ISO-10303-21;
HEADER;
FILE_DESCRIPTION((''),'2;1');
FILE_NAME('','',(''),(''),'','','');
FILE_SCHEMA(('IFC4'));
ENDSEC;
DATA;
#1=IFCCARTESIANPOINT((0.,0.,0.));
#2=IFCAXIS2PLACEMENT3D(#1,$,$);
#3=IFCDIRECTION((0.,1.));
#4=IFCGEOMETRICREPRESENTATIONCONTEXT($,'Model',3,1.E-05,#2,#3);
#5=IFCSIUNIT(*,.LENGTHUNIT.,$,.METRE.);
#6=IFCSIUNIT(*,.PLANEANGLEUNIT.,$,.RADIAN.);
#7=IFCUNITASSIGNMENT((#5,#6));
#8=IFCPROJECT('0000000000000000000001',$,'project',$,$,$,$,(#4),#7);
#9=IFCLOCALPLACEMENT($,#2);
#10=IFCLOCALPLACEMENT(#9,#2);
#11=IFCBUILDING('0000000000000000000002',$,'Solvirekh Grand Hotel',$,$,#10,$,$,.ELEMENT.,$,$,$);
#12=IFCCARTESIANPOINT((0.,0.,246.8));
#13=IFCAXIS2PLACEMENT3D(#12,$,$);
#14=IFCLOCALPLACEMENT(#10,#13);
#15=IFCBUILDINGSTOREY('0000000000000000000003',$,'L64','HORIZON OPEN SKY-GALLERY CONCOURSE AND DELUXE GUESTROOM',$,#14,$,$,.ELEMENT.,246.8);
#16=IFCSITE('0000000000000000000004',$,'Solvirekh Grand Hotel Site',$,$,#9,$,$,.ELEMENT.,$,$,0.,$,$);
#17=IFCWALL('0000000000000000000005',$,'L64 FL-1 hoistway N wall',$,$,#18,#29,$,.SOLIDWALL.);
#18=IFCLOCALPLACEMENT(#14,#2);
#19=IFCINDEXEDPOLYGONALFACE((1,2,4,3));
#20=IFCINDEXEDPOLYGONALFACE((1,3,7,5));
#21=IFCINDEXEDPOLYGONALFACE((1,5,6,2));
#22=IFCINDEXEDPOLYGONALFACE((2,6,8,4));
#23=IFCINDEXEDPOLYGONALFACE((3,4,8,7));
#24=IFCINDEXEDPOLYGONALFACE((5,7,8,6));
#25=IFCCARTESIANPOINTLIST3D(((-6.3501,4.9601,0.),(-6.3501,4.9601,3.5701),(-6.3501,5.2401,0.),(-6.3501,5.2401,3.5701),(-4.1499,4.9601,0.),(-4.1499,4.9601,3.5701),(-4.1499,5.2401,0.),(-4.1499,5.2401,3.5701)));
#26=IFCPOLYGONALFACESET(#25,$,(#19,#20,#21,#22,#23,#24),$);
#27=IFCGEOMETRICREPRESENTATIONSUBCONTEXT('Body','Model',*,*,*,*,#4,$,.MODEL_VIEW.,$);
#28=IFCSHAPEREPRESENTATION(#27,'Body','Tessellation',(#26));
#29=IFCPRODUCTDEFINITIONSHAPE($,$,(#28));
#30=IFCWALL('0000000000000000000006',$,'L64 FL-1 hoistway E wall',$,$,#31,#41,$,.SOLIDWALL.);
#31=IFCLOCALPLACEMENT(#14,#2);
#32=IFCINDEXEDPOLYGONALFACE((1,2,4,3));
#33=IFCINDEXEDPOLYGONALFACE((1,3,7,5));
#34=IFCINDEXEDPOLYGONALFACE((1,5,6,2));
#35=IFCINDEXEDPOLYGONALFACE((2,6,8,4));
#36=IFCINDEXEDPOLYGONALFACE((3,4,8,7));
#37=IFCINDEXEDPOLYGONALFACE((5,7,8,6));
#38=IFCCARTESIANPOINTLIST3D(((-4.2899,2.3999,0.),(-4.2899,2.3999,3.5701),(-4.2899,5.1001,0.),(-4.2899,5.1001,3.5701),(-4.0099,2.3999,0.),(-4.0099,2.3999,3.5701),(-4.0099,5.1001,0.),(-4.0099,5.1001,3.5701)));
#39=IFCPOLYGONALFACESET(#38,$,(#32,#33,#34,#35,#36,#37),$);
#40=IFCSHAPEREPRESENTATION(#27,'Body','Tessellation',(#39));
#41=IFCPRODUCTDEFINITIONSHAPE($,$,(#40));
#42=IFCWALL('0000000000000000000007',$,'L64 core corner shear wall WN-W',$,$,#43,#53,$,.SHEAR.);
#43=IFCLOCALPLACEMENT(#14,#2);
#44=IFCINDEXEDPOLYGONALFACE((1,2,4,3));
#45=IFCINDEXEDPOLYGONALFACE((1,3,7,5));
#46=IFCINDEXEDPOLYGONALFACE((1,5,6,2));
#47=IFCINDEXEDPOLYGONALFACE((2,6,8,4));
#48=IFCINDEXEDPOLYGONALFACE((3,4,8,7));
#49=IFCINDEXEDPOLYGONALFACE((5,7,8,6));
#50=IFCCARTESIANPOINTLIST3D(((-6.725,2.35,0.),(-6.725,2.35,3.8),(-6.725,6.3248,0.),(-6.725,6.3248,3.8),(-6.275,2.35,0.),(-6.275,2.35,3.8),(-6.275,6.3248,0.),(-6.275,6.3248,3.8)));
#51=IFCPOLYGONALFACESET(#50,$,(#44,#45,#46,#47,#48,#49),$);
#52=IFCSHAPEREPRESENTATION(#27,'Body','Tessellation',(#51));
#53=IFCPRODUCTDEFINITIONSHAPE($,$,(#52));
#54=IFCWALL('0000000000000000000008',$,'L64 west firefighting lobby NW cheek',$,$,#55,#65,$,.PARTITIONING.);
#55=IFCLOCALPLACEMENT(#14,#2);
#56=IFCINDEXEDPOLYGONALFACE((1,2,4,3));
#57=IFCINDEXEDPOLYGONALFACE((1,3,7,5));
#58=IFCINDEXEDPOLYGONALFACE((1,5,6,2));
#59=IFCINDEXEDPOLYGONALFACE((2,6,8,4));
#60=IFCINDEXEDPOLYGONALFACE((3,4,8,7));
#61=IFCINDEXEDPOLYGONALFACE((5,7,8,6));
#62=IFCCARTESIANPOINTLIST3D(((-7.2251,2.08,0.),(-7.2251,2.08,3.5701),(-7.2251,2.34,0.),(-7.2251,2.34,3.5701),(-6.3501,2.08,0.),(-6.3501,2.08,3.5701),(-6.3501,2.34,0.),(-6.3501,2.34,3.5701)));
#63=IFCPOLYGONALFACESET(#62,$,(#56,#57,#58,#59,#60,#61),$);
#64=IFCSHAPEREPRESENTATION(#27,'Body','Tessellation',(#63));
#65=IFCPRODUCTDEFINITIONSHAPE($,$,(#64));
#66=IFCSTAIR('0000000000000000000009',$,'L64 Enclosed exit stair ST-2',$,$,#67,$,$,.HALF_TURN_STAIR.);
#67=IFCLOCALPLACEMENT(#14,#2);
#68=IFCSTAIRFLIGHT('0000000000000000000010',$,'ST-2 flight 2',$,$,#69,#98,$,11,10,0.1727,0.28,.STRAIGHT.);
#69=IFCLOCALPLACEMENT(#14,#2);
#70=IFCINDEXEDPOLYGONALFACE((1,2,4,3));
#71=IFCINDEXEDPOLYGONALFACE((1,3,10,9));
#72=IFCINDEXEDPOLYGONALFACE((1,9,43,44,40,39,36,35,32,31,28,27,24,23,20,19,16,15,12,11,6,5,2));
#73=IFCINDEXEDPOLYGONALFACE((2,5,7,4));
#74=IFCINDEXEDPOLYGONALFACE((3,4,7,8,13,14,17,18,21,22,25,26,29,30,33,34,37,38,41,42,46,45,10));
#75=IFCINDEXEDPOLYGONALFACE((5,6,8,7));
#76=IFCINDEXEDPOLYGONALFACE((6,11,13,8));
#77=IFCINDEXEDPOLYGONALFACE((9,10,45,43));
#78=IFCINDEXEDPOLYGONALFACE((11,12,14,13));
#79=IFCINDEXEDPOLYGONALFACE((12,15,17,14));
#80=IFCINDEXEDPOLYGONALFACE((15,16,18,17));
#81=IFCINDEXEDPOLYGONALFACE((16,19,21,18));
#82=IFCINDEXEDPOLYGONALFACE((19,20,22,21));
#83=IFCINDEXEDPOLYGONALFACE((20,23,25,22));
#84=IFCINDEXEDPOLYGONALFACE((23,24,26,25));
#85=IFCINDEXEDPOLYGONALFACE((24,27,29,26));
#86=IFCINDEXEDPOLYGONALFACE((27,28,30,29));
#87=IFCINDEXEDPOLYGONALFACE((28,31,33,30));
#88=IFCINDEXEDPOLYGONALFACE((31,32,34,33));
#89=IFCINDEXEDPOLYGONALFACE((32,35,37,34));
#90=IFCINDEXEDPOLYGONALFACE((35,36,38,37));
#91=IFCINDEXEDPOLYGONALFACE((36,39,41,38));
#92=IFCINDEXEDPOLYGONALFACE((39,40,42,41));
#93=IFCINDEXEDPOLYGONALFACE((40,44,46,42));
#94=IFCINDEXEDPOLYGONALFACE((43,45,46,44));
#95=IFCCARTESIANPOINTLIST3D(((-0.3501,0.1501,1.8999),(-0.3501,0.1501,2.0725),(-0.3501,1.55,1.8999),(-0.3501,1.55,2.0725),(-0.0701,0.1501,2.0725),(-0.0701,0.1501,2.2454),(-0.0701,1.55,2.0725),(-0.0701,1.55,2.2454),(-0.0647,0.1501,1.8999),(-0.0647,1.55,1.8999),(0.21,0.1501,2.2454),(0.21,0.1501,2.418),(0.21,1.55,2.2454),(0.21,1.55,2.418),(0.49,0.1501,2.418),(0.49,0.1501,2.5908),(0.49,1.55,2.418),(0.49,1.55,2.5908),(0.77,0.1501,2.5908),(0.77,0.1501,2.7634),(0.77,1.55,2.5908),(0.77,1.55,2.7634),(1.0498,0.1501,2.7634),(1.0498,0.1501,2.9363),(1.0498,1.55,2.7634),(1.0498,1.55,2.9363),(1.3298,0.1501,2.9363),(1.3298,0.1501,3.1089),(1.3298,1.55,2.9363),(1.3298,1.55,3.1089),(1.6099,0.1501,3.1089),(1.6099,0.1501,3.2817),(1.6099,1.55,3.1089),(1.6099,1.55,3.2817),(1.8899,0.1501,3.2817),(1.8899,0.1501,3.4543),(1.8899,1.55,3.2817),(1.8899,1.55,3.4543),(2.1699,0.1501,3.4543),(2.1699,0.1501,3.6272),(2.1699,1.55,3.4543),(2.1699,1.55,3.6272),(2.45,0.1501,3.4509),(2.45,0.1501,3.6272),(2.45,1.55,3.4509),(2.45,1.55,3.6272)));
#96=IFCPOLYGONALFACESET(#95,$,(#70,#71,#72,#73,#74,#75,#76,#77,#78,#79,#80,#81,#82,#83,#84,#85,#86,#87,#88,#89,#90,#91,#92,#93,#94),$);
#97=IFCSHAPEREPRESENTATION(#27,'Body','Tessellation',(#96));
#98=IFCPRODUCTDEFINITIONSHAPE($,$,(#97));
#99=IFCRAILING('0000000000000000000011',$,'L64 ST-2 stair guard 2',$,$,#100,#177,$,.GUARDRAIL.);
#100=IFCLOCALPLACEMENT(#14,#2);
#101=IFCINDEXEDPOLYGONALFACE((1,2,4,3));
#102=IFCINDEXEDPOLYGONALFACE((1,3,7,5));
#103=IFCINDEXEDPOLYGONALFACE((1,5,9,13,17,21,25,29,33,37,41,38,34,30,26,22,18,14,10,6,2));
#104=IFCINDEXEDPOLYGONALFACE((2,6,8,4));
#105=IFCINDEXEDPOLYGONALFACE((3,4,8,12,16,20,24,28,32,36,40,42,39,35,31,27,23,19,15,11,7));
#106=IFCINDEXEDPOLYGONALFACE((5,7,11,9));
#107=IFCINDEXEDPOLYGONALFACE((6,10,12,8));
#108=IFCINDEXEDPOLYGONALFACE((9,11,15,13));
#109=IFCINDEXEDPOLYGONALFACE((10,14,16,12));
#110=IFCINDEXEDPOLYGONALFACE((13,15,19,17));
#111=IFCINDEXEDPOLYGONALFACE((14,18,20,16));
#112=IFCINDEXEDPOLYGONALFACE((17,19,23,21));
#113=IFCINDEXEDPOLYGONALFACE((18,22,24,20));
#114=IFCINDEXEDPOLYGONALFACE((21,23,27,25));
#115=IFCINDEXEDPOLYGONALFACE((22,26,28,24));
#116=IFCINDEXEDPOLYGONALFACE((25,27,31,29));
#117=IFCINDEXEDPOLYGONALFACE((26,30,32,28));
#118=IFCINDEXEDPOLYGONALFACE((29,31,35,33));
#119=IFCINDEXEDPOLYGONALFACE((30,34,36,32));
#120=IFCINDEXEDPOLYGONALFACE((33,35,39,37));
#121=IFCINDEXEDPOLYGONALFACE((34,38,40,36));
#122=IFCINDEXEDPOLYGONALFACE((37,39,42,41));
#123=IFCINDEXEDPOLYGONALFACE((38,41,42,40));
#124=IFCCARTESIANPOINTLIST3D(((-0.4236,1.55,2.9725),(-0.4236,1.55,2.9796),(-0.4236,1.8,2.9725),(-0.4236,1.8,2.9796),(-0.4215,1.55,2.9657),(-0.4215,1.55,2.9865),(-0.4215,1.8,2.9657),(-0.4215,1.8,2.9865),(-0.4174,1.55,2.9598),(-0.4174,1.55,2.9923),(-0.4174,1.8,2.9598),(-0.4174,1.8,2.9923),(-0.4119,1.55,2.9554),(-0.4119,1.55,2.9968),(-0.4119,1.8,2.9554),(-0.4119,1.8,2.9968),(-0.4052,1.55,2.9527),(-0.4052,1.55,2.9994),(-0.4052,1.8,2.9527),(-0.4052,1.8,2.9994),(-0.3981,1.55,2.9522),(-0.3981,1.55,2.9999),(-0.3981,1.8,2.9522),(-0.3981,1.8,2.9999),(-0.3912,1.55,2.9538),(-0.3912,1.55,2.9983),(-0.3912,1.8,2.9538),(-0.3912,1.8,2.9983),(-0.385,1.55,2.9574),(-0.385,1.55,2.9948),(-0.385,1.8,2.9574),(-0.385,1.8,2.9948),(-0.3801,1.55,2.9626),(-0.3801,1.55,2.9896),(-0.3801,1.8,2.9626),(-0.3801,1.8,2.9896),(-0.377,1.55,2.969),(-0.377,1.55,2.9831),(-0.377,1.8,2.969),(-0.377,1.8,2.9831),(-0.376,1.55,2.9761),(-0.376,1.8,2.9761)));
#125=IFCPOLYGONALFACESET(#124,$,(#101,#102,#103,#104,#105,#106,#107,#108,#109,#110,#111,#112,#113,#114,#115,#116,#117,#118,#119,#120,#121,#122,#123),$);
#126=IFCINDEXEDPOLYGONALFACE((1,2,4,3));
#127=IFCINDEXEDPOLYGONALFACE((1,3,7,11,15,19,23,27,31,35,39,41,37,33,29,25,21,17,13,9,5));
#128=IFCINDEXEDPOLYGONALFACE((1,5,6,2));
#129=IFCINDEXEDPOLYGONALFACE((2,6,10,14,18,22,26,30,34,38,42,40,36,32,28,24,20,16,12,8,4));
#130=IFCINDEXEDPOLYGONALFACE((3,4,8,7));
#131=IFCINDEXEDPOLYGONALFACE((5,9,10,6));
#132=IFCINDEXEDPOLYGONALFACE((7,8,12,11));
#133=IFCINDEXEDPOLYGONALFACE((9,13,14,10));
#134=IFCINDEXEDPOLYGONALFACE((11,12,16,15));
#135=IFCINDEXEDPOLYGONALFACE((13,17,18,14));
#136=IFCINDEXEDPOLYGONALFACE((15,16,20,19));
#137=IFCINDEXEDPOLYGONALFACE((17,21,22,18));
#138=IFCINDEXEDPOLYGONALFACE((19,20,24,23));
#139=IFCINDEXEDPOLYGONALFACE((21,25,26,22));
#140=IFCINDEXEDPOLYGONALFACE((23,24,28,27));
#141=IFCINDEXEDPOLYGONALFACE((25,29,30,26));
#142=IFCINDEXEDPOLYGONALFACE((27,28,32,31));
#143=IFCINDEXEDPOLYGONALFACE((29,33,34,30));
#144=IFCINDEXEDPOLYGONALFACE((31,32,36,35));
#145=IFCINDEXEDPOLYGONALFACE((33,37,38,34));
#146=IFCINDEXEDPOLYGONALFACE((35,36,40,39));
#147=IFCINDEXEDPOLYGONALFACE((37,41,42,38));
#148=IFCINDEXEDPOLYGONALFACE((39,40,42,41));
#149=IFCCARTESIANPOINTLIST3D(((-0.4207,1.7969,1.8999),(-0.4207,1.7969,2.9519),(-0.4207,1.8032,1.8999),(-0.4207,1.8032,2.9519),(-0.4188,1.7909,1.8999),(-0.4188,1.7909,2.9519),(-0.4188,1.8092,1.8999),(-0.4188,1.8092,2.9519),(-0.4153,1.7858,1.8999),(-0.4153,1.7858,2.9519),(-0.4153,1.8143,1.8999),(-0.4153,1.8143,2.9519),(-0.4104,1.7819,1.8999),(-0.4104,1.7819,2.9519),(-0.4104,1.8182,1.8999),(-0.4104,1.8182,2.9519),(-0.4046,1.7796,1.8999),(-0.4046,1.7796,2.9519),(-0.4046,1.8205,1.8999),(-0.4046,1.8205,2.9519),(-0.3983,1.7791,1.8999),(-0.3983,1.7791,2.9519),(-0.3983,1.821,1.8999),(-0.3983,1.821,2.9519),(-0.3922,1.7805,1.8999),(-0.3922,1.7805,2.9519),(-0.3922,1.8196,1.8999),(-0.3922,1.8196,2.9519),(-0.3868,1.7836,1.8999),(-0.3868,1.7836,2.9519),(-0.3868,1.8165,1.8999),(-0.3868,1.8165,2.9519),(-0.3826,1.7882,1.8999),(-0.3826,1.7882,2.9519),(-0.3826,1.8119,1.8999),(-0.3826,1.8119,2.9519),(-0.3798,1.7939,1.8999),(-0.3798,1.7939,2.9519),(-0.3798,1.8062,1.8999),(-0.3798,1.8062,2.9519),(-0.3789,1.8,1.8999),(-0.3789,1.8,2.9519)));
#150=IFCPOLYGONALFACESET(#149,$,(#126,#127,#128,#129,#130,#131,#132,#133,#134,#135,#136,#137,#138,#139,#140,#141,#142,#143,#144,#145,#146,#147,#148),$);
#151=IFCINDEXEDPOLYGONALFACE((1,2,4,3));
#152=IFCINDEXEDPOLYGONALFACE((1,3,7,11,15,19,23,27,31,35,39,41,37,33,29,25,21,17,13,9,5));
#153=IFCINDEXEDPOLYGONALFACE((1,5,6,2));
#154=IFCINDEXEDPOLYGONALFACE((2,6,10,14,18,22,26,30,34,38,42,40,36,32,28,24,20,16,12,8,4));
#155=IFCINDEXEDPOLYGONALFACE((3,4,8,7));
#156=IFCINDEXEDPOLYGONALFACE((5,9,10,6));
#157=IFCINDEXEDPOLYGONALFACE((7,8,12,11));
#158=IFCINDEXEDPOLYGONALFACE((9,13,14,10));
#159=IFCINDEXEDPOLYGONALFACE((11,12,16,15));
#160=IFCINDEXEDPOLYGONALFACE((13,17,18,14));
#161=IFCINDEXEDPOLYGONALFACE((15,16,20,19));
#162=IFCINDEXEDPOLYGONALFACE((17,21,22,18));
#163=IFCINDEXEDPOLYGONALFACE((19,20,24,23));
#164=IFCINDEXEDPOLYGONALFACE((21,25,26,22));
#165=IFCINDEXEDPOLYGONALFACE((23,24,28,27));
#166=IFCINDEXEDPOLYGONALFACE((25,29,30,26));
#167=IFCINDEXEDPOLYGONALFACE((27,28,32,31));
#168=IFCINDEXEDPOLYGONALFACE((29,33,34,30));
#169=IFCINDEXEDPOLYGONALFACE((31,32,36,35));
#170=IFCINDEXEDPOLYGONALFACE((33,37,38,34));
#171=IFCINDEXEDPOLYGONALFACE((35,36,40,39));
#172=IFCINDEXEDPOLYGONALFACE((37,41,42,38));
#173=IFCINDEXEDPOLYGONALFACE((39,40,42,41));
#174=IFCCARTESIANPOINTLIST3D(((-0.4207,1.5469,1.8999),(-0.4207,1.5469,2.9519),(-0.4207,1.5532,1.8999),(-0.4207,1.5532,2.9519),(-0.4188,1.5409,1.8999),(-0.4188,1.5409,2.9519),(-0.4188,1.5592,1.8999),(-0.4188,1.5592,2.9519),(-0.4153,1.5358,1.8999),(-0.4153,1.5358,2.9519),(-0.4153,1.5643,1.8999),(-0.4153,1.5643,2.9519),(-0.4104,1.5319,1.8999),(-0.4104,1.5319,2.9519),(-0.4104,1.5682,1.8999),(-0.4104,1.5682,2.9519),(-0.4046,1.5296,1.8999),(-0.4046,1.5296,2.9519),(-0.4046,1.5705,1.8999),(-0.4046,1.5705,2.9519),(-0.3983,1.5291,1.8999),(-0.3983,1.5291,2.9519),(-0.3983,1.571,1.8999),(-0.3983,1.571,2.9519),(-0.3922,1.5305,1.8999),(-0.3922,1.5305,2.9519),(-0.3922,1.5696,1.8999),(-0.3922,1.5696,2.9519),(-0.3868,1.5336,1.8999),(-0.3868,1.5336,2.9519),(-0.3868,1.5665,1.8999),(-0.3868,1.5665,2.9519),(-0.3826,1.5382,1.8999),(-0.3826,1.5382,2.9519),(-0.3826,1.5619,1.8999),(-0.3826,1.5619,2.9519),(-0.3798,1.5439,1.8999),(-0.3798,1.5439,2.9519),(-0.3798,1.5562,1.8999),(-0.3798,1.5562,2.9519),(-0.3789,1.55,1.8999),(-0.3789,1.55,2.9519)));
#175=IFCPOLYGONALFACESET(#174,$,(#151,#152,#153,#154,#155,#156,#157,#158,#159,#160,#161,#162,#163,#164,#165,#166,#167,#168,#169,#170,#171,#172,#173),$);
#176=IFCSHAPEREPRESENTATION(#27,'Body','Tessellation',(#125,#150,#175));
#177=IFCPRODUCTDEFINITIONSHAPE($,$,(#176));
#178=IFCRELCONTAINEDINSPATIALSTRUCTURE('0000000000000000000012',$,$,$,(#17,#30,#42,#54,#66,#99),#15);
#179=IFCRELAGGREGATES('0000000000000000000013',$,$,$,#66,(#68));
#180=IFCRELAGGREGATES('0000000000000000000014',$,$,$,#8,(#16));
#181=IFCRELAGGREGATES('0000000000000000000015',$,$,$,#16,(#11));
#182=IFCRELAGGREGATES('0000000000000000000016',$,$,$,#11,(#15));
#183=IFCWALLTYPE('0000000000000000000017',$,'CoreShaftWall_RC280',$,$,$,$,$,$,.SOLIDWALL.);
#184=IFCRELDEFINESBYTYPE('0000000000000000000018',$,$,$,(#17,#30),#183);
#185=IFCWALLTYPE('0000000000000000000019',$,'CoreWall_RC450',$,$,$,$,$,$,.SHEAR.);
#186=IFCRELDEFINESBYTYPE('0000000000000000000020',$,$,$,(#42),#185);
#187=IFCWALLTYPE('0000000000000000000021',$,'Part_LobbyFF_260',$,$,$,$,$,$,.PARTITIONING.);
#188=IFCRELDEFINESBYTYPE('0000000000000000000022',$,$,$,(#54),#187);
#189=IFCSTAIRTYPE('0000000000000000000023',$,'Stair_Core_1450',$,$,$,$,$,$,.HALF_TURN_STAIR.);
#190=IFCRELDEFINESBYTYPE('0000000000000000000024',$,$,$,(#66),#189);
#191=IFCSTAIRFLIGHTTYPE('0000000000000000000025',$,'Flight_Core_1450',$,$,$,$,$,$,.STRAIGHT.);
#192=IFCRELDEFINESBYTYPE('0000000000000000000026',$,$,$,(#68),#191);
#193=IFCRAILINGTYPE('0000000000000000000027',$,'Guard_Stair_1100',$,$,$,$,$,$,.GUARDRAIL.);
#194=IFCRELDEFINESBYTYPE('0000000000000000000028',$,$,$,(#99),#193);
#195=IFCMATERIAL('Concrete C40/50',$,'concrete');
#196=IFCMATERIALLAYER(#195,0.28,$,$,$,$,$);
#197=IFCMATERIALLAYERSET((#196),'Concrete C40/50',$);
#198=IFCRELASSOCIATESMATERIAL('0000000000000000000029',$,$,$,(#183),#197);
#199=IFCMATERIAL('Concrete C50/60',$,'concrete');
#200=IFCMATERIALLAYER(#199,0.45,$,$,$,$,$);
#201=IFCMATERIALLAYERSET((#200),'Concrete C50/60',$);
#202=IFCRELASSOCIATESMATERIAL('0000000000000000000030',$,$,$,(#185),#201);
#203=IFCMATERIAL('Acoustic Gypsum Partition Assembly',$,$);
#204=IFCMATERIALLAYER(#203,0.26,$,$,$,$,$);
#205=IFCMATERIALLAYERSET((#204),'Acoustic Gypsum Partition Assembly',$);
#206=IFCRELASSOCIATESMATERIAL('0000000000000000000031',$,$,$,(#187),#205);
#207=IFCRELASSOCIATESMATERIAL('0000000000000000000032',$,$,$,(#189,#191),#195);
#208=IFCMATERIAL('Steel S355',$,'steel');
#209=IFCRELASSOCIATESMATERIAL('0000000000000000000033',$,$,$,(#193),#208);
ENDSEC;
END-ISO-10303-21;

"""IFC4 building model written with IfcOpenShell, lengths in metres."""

from ifc_helpers import new_model, si_unit, direction, frame, frame_2d, origin, origin_2d, place, context, subcontext, project, spatial, polyline, rectangle, circle, outline, extrude, material, layer, layer_set, type_object, element, aggregate, save


model = new_model("IFC4")

# Units and contexts
model_context = context("Model", 3, precision=1e-05, world=origin(), true_north=direction((0.0, 1.0)))
body_context = subcontext(model_context, "Body", "Model", "MODEL_VIEW")
ifc_project = project(units=[si_unit("LENGTHUNIT", "METRE"), si_unit("PLANEANGLEUNIT", "RADIAN")], contexts=[model_context])

# Site, building, storey
site_placement = place(None, origin())
site = spatial("IfcSite", under=ifc_project, at=site_placement, Name="Solvirekh Grand Hotel Site", CompositionType="ELEMENT", RefElevation=0.0)
building_placement = place(site_placement, origin())
building = spatial("IfcBuilding", under=site, at=building_placement, Name="Solvirekh Grand Hotel", CompositionType="ELEMENT")
storey_placement = place(building_placement, frame((0.0, 0.0, 246.8)))
storey = spatial("IfcBuildingStorey", under=building, at=storey_placement, Name="L64", Description="HORIZON OPEN SKY-GALLERY CONCOURSE AND DELUXE GUESTROOM", CompositionType="ELEMENT", Elevation=246.8)

# Shared definitions
ifc_material_1 = material(Name="Concrete C50/60", Category="concrete")

# Shared definitions
ifc_material_2 = material(Name="Steel S355", Category="steel")

# Shared definitions
ifc_material_3 = material(Name="Concrete C40/50", Category="concrete")
ifc_layer_1 = layer(ifc_material_3, 0.28)
ifc_layer_set_1 = layer_set([ifc_layer_1], Name="Concrete C40/50")
wall_type_1 = type_object("IfcWallType", Name="CoreShaftWall_RC280", PredefinedType="SOLIDWALL", material=ifc_layer_set_1)

# Walls
wall_1_placement = place(storey_placement, frame((-4.1499, 5.1001, 0.0), z_axis=(0.0, 0.0, 1.0), x_axis=(-1.0, 0.0, 0.0)))
element("IfcWall", 1, at=wall_1_placement, inside=storey, type_object=wall_type_1, Name="L64 FL-1 hoistway N wall", PredefinedType="SOLIDWALL", context=body_context, shape_type="SweptSolid", body=[
    extrude(rectangle(XDim=2.2002, YDim=0.28, at=frame_2d((1.1001, 0.0))), origin(), (0.0, 0.0, 1.0), 3.5701),
])
wall_2_placement = place(storey_placement, frame((-4.1499, 2.3999, 0.0), z_axis=(0.0, 0.0, 1.0), x_axis=(0.0, 1.0, 0.0)))
element("IfcWall", 2, at=wall_2_placement, inside=storey, type_object=wall_type_1, Name="L64 FL-1 hoistway E wall", PredefinedType="SOLIDWALL", context=body_context, shape_type="SweptSolid", body=[
    extrude(rectangle(XDim=2.7002, YDim=0.28, at=frame_2d((1.3501, 0.0))), origin(), (0.0, 0.0, 1.0), 3.5701),
])
ifc_layer_2 = layer(ifc_material_1, 0.45)
ifc_layer_set_2 = layer_set([ifc_layer_2], Name="Concrete C50/60")
wall_type_2 = type_object("IfcWallType", Name="CoreWall_RC450", PredefinedType="SHEAR", material=ifc_layer_set_2)
wall_3_placement = place(storey_placement, frame((-6.5, 2.3501, 0.0), z_axis=(0.0, 0.0, 1.0), x_axis=(0.0, 1.0, 0.0)))
element("IfcWall", 3, at=wall_3_placement, inside=storey, type_object=wall_type_2, Name="L64 core corner shear wall WN-W", PredefinedType="SHEAR", context=body_context, shape_type="SweptSolid", body=[
    extrude(rectangle(XDim=3.9749, YDim=0.45, at=frame_2d((1.9873, 0.0))), origin(), (0.0, 0.0, 1.0), 3.8),
])
ifc_material_4 = material(Name="Acoustic Gypsum Partition Assembly")
ifc_layer_3 = layer(ifc_material_4, 0.26)
ifc_layer_set_3 = layer_set([ifc_layer_3], Name="Acoustic Gypsum Partition Assembly")
wall_type_3 = type_object("IfcWallType", Name="Part_LobbyFF_260", PredefinedType="PARTITIONING", material=ifc_layer_set_3)
wall_4_placement = place(storey_placement, frame((-7.2251, 2.21, 0.0), z_axis=(0.0, 0.0, 1.0), x_axis=(1.0, 0.0, 0.0)))
element("IfcWall", 4, at=wall_4_placement, inside=storey, type_object=wall_type_3, Name="L64 west firefighting lobby NW cheek", PredefinedType="PARTITIONING", context=body_context, shape_type="SweptSolid", body=[
    extrude(rectangle(XDim=0.875, YDim=0.26, at=frame_2d((0.4375, 0.0))), origin(), (0.0, 0.0, 1.0), 3.5701),
])

# Stair, stair flight
stair_type = type_object("IfcStairType", Name="Stair_Core_1450", PredefinedType="HALF_TURN_STAIR", material=ifc_material_3)
stair_placement = place(storey_placement, origin())
stair = element("IfcStair", 5, at=stair_placement, inside=storey, type_object=stair_type, Name="L64 Enclosed exit stair ST-2", PredefinedType="HALF_TURN_STAIR")
stair_flight_type = type_object("IfcStairFlightType", Name="Flight_Core_1450", PredefinedType="STRAIGHT", material=ifc_material_3)
stair_flight_placement = place(storey_placement, frame((-0.3501, 0.8501, 1.8999), z_axis=(0.0, 0.0, 1.0), x_axis=(1.0, 0.0, 0.0)))
stair_flight = element("IfcStairFlight", 6, at=stair_flight_placement, type_object=stair_flight_type, Name="ST-2 flight 2", NumberOfRisers=11, NumberOfTreads=10, PredefinedType="STRAIGHT", RiserHeight=0.1727, TreadLength=0.28, context=body_context, shape_type="SweptSolid", body=[
    extrude(outline(polyline([(0.0, 0.0), (0.0, 0.1726), (0.28, 0.1726), (0.28, 0.3455), (0.5601, 0.3455), (0.5601, 0.5181), (0.8401, 0.5181), (0.8401, 0.6909), (1.1201, 0.6909), (1.1201, 0.8635), (1.3999, 0.8635), (1.3999, 1.0364), (1.6799, 1.0364), (1.6799, 1.209), (1.96, 1.209), (1.96, 1.3818), (2.24, 1.3818), (2.24, 1.5544), (2.52, 1.5544), (2.52, 1.7273), (2.8, 1.7273), (2.8, 1.8999), (2.8, 1.551), (0.2854, 0.0), (0.0, 0.0)])), frame((0.0, 0.7, 0.0), z_axis=(0.0, -1.0, 0.0), x_axis=(1.0, 0.0, 0.0)), (0.0, 0.0, 1.0), 1.3999),
])
aggregate(stair, [stair_flight])

# Railing
railing_type_1 = type_object("IfcRailingType", Name="Guard_Stair_1100", PredefinedType="GUARDRAIL", material=ifc_material_2)
railing_1_placement = place(storey_placement, frame((-0.3999, 1.8, 1.8999)))
element("IfcRailing", 7, at=railing_1_placement, inside=storey, type_object=railing_type_1, Name="L64 ST-2 stair guard 2", PredefinedType="GUARDRAIL", context=body_context, shape_type="SweptSolid", body=[
    extrude(circle(Radius=0.0239, at=origin_2d()), frame((0.0, 0.0, 1.0762), z_axis=(0.0, -1.0, 0.0), x_axis=(1.0, 0.0, 0.0)), (0.0, 0.0, 1.0), 0.25),
    extrude(circle(Radius=0.021, at=origin_2d()), origin(), (0.0, 0.0, 1.0), 1.052),
    extrude(circle(Radius=0.021, at=origin_2d()), frame((0.0, -0.25, 0.0)), (0.0, 0.0, 1.0), 1.052),
])

save(model, "model.ifc")
